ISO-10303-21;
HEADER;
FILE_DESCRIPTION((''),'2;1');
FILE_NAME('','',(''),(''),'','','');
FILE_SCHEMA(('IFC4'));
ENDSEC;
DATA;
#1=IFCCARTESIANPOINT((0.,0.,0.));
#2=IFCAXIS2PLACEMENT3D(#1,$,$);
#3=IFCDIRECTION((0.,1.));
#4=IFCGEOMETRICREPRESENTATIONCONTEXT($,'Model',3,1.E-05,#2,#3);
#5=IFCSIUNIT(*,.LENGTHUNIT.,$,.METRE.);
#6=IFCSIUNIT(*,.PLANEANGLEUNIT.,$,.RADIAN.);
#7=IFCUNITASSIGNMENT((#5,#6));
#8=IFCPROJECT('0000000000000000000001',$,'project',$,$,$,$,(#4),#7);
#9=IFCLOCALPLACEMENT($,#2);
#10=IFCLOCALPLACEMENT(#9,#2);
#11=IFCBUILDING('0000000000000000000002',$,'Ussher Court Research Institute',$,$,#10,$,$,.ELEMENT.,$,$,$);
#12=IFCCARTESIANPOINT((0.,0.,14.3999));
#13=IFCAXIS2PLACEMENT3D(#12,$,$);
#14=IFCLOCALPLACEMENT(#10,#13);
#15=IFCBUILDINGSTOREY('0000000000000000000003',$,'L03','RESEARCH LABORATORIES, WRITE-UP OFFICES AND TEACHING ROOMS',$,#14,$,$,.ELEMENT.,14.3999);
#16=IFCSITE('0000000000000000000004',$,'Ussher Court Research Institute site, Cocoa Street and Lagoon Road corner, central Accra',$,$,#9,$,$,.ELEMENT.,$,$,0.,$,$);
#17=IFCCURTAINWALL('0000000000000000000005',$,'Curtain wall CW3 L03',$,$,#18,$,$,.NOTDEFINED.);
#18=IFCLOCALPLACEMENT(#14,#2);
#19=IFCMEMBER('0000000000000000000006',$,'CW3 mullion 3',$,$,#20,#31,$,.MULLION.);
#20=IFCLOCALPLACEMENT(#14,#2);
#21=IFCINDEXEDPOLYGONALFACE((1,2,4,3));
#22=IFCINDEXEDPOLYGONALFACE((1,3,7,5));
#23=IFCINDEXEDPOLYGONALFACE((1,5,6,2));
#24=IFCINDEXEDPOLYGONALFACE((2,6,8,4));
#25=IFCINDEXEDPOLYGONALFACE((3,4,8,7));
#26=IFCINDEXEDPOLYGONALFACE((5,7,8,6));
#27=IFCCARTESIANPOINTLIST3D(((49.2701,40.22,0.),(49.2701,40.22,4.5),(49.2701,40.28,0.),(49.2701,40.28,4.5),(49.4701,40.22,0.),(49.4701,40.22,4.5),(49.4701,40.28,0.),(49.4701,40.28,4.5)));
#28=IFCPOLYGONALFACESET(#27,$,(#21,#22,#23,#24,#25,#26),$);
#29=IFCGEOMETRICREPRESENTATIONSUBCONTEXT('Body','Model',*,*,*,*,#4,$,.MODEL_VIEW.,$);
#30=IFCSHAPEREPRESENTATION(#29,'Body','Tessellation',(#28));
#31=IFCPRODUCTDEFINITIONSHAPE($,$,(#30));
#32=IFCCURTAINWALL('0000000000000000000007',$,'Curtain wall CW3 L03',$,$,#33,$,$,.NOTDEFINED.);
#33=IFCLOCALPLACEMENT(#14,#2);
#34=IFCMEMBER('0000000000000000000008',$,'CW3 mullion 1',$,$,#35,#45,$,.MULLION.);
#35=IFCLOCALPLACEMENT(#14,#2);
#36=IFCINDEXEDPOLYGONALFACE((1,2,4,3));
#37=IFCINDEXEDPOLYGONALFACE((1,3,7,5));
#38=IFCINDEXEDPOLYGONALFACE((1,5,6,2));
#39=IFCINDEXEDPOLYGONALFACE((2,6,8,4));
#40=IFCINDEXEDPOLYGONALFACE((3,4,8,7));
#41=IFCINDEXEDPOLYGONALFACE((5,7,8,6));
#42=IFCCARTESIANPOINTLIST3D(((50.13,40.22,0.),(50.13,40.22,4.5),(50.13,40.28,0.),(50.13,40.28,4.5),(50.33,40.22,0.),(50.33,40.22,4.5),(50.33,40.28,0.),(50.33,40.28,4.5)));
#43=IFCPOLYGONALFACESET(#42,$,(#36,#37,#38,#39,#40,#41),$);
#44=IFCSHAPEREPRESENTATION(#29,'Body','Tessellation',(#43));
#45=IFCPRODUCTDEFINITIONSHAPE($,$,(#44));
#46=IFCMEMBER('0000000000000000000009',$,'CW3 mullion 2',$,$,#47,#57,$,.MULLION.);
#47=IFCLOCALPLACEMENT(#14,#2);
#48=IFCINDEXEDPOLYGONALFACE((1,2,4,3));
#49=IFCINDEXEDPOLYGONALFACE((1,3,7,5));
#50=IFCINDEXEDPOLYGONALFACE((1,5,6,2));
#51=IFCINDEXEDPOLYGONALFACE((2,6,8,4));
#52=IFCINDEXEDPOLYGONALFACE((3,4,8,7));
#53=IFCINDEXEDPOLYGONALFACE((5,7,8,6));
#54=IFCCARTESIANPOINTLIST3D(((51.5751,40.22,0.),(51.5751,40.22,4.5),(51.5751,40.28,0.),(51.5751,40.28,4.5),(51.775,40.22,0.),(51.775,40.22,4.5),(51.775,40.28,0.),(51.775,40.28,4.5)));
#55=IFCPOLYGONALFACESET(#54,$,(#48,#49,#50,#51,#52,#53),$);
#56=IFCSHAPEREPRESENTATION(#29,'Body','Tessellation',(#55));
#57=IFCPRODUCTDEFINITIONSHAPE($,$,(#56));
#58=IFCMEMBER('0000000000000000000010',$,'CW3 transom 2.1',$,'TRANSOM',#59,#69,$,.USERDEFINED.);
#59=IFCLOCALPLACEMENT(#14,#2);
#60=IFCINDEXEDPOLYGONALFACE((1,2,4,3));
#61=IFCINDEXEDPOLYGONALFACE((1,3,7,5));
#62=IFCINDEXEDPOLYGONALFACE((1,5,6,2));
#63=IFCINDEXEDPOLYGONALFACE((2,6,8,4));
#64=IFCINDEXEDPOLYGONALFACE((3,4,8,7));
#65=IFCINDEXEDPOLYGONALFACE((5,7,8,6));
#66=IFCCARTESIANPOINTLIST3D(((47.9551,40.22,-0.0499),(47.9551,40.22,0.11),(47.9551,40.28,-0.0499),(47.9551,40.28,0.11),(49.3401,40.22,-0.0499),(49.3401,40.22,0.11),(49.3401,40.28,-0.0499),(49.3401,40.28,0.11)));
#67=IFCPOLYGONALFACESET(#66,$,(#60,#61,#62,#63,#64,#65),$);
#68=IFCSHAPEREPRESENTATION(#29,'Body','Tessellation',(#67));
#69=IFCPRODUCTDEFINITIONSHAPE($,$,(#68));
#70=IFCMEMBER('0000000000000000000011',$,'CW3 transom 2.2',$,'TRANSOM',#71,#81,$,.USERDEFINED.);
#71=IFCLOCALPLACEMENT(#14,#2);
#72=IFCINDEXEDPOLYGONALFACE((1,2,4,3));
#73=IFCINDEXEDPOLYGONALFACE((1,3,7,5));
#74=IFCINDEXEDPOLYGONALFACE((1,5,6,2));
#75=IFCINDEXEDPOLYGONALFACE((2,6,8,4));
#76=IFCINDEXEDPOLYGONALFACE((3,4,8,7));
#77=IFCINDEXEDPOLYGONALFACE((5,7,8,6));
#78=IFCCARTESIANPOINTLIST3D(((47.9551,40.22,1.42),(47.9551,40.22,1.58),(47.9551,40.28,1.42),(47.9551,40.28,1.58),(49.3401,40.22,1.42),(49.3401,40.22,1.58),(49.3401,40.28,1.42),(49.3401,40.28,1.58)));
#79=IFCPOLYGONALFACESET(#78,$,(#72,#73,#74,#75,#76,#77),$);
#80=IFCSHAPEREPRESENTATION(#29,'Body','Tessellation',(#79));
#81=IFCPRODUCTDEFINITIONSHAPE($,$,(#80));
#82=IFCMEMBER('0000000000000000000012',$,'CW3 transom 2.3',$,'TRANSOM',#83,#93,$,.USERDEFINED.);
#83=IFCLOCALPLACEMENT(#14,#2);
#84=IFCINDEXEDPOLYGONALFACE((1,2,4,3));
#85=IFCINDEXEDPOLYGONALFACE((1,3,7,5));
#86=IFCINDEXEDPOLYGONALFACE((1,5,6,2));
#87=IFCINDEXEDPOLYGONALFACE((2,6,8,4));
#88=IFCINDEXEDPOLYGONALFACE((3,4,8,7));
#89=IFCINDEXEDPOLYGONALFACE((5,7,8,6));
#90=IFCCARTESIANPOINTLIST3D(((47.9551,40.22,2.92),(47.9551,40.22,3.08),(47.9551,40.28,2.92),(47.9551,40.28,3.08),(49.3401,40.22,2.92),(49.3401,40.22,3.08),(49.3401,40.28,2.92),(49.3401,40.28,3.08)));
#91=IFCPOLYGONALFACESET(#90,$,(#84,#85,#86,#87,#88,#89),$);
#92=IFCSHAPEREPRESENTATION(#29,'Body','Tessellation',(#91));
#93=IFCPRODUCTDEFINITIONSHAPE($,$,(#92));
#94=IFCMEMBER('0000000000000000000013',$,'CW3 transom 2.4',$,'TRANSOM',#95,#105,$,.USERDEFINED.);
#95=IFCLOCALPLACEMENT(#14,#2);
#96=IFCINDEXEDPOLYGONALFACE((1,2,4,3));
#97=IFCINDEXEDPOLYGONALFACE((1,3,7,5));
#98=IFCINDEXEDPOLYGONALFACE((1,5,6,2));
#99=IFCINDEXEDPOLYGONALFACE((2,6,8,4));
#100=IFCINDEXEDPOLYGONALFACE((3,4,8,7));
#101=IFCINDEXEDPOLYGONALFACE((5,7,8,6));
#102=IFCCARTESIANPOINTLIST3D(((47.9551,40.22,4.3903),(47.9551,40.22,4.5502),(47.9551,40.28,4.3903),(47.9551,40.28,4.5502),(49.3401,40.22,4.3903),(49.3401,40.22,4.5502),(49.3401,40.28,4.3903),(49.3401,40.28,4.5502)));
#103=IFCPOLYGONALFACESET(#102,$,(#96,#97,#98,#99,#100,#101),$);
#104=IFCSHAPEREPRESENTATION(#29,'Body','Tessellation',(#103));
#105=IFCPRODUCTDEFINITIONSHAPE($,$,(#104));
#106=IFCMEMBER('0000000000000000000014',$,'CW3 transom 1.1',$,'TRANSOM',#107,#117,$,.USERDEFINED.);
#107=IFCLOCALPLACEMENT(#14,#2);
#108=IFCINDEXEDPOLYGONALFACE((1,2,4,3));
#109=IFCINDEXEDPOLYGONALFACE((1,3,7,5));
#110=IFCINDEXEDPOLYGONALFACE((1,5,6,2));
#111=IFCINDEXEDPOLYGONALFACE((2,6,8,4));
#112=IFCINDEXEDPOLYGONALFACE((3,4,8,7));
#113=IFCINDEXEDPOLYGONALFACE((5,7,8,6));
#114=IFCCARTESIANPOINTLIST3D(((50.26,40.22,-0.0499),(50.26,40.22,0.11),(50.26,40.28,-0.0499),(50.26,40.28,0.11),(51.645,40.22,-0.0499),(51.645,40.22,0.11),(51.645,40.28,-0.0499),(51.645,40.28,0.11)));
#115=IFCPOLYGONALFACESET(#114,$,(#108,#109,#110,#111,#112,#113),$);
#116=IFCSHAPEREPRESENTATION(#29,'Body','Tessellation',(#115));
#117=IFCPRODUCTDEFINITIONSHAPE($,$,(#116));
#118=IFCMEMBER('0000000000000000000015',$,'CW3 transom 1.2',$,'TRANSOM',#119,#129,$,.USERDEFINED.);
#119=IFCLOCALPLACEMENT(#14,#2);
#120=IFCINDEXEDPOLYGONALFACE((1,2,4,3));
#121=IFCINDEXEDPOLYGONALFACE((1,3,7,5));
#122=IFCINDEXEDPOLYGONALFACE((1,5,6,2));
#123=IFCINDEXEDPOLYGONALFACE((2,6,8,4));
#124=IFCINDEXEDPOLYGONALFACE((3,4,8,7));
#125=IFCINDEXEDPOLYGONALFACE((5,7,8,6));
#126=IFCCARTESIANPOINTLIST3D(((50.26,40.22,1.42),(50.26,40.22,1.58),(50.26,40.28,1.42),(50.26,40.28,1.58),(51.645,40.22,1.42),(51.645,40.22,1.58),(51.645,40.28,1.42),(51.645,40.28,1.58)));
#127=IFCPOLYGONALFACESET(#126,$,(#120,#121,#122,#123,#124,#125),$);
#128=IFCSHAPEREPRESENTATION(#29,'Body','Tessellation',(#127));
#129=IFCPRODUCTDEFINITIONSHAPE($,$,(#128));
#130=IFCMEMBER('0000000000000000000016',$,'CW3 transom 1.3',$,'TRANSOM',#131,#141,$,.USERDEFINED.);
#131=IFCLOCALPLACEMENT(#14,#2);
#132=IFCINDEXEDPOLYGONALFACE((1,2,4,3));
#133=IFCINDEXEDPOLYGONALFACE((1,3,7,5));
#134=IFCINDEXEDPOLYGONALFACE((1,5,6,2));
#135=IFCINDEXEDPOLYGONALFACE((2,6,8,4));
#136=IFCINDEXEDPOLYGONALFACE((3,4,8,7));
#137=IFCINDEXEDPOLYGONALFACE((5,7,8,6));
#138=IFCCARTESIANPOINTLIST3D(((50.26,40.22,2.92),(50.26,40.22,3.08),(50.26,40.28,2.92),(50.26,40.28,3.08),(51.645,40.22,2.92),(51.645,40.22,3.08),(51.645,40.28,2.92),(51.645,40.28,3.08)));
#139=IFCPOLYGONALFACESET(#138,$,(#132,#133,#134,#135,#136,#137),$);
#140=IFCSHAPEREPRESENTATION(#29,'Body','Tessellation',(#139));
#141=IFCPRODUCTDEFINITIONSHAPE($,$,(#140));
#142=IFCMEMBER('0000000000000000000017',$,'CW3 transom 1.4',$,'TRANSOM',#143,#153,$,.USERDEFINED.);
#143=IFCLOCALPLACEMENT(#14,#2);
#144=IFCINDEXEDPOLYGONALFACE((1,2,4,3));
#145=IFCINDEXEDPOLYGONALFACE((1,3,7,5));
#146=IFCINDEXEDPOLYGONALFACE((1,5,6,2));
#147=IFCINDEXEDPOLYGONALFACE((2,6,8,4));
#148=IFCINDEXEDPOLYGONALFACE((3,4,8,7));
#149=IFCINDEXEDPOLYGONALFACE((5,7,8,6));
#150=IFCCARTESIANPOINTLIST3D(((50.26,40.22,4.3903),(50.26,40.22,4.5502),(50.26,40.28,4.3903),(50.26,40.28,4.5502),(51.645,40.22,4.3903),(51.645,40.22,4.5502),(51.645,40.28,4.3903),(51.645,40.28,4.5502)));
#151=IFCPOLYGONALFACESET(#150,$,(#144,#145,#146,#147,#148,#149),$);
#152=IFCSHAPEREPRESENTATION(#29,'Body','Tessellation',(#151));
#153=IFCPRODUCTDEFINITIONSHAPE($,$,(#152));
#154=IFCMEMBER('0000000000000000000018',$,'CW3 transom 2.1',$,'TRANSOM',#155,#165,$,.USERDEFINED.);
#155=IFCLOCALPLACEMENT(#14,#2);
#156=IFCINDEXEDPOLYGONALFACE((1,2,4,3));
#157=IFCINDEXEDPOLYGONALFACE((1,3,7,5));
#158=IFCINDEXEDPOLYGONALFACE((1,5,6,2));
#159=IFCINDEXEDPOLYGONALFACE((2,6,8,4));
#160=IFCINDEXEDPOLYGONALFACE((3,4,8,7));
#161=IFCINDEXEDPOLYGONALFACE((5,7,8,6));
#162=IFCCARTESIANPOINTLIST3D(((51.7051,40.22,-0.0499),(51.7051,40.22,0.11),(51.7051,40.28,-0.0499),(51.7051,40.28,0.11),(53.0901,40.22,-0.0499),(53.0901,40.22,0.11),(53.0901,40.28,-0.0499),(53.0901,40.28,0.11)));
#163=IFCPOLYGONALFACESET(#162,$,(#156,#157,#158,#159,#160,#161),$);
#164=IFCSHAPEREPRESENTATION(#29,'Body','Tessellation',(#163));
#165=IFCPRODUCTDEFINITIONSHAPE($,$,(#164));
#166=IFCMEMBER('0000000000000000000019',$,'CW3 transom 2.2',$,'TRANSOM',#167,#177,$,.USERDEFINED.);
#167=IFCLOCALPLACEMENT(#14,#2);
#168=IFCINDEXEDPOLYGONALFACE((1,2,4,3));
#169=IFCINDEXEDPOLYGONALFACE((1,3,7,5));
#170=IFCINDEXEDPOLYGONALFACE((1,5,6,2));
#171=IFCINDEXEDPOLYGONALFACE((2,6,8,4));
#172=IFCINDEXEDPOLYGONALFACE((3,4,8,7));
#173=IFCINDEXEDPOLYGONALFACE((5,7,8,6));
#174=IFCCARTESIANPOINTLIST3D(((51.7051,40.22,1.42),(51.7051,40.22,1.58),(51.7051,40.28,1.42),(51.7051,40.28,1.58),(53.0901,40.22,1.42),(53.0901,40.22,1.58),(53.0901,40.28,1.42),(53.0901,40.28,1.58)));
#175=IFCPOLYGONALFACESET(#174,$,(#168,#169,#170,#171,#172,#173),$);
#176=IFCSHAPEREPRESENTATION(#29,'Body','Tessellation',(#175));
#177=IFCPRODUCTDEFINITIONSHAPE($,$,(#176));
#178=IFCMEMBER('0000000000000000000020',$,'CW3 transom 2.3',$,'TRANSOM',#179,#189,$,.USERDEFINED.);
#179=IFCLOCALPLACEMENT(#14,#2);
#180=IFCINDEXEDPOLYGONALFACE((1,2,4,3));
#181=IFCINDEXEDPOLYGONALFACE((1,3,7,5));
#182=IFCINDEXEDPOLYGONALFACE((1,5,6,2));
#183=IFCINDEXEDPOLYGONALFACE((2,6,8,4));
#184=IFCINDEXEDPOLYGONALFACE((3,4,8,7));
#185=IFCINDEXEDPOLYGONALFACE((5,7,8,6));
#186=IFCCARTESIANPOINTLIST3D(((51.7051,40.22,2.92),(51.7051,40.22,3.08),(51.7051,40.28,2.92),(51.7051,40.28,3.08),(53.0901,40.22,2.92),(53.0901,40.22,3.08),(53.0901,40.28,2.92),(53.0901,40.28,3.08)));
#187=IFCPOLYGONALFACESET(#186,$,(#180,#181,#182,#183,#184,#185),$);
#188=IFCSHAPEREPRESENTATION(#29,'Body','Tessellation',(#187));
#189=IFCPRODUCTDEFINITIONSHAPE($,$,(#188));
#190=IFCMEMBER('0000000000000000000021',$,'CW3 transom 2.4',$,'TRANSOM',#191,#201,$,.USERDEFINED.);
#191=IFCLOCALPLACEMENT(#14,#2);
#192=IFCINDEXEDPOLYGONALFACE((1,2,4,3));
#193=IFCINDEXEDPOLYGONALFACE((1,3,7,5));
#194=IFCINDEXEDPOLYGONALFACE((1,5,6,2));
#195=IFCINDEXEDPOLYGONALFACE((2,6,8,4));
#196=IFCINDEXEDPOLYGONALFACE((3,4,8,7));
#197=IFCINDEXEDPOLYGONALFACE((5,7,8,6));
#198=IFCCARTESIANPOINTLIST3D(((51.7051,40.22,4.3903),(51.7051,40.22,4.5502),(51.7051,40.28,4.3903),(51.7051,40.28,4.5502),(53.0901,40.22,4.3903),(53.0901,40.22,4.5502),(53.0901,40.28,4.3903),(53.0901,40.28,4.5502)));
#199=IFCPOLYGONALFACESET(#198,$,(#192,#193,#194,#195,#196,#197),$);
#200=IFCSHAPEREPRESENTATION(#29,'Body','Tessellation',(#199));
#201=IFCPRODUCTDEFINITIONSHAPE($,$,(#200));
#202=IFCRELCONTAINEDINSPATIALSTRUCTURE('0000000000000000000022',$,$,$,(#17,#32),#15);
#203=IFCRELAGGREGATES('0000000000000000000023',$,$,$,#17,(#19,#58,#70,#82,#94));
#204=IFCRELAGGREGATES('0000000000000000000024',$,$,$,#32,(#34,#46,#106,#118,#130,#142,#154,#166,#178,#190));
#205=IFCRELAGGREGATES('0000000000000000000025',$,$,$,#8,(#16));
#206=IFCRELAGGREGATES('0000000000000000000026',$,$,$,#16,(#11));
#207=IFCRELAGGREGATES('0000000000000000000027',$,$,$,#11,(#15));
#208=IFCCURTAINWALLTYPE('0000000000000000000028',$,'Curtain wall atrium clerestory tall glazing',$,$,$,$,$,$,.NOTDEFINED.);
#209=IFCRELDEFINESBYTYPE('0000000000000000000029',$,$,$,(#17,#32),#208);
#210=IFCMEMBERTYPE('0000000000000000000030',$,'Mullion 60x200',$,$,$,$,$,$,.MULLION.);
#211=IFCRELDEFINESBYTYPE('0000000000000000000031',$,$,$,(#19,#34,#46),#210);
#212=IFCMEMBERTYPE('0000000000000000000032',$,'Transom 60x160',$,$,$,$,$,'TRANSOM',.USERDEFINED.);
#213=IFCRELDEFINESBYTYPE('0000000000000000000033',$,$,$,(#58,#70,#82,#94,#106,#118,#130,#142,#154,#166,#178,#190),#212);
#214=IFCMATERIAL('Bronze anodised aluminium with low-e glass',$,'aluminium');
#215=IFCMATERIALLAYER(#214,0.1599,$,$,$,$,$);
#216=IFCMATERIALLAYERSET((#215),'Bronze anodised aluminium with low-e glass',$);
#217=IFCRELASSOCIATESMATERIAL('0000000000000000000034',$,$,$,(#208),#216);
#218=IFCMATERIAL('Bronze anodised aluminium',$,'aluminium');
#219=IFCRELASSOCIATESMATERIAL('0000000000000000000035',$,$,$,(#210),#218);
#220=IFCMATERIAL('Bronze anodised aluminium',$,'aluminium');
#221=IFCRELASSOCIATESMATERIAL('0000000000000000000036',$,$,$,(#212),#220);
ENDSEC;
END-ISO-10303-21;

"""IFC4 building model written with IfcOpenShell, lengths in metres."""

from ifc_helpers import new_model, si_unit, direction, frame, origin, origin_2d, place, context, subcontext, project, spatial, rectangle, extrude, material, layer, layer_set, material_profile, profile_set, type_object, element, aggregate, save


model = new_model("IFC4")

# Units and contexts
model_context = context("Model", 3, precision=1e-05, world=origin(), true_north=direction((0.0, 1.0)))
body_context = subcontext(model_context, "Body", "Model", "MODEL_VIEW")
ifc_project = project(units=[si_unit("LENGTHUNIT", "METRE"), si_unit("PLANEANGLEUNIT", "RADIAN")], contexts=[model_context])

# Site, building, storey
site_placement = place(None, origin())
site = spatial("IfcSite", under=ifc_project, at=site_placement, Name="Ussher Court Research Institute site, Cocoa Street and Lagoon Road corner, central Accra", CompositionType="ELEMENT", RefElevation=0.0)
building_placement = place(site_placement, origin())
building = spatial("IfcBuilding", under=site, at=building_placement, Name="Ussher Court Research Institute", CompositionType="ELEMENT")
storey_placement = place(building_placement, frame((0.0, 0.0, 14.3999)))
storey = spatial("IfcBuildingStorey", under=building, at=storey_placement, Name="L03", Description="RESEARCH LABORATORIES, WRITE-UP OFFICES AND TEACHING ROOMS", CompositionType="ELEMENT", Elevation=14.3999)

# Curtain wall, member
ifc_material_1 = material(Name="Bronze anodised aluminium with low-e glass", Category="aluminium")
ifc_layer_1 = layer(ifc_material_1, 0.1599)
ifc_layer_set_1 = layer_set([ifc_layer_1], Name="Bronze anodised aluminium with low-e glass")
curtain_wall_type = type_object("IfcCurtainWallType", Name="Curtain wall atrium clerestory tall glazing", PredefinedType="NOTDEFINED", material=ifc_layer_set_1)
curtain_wall_1_placement = place(storey_placement, origin())
curtain_wall_1 = element("IfcCurtainWall", 1, at=curtain_wall_1_placement, inside=storey, type_object=curtain_wall_type, Name="Curtain wall CW3 L03", PredefinedType="NOTDEFINED")
ifc_material_2 = material(Name="Bronze anodised aluminium", Category="aluminium")
ifc_material_profile_1 = material_profile(ifc_material_2, rectangle(XDim=0.0601, YDim=0.2, at=origin_2d()), Name="Mullion 60x200")
ifc_profile_set_1 = profile_set([ifc_material_profile_1], Name="Bronze anodised aluminium")
member_type_1 = type_object("IfcMemberType", Name="Mullion 60x200", PredefinedType="MULLION", material=ifc_profile_set_1)
member_1_placement = place(storey_placement, frame((49.3701, 40.25, 0.0), z_axis=(0.0, 0.0, 1.0), x_axis=(0.0, 1.0, 0.0)))
member_1 = element("IfcMember", 2, at=member_1_placement, type_object=member_type_1, Name="CW3 mullion 3", PredefinedType="MULLION", context=body_context, shape_type="SweptSolid", body=[
    extrude(rectangle(XDim=0.0601, YDim=0.2, at=origin_2d()), origin(), (0.0, 0.0, 1.0), 4.5),
])

# Curtain wall, members
curtain_wall_2_placement = place(storey_placement, origin())
curtain_wall_2 = element("IfcCurtainWall", 3, at=curtain_wall_2_placement, inside=storey, type_object=curtain_wall_type, Name="Curtain wall CW3 L03", PredefinedType="NOTDEFINED")
member_2_placement = place(storey_placement, frame((50.23, 40.25, 0.0), z_axis=(0.0, 0.0, 1.0), x_axis=(0.0, 1.0, 0.0)))
member_2 = element("IfcMember", 4, at=member_2_placement, type_object=member_type_1, Name="CW3 mullion 1", PredefinedType="MULLION", context=body_context, shape_type="SweptSolid", body=[
    extrude(rectangle(XDim=0.0601, YDim=0.2, at=origin_2d()), origin(), (0.0, 0.0, 1.0), 4.5),
])
member_3_placement = place(storey_placement, frame((51.675, 40.25, 0.0), z_axis=(0.0, 0.0, 1.0), x_axis=(0.0, 1.0, 0.0)))
member_3 = element("IfcMember", 5, at=member_3_placement, type_object=member_type_1, Name="CW3 mullion 2", PredefinedType="MULLION", context=body_context, shape_type="SweptSolid", body=[
    extrude(rectangle(XDim=0.0601, YDim=0.2, at=origin_2d()), origin(), (0.0, 0.0, 1.0), 4.5),
])

# Members
ifc_material_3 = material(Name="Bronze anodised aluminium", Category="aluminium")
ifc_material_profile_2 = material_profile(ifc_material_3, rectangle(XDim=0.0601, YDim=0.1599, at=origin_2d()), Name="Transom 60x160")
ifc_profile_set_2 = profile_set([ifc_material_profile_2], Name="Bronze anodised aluminium")
member_type_2 = type_object("IfcMemberType", Name="Transom 60x160", ElementType="TRANSOM", PredefinedType="USERDEFINED", material=ifc_profile_set_2)
member_4_placement = place(storey_placement, frame((47.9551, 40.25, 0.03), z_axis=(1.0, 0.0, 0.0), x_axis=(0.0, 1.0, 0.0)))
member_4 = element("IfcMember", 6, at=member_4_placement, type_object=member_type_2, Name="CW3 transom 2.1", ObjectType="TRANSOM", PredefinedType="USERDEFINED", context=body_context, shape_type="SweptSolid", body=[
    extrude(rectangle(XDim=0.0601, YDim=0.1599, at=origin_2d()), origin(), (0.0, 0.0, 1.0), 1.385),
])
member_5_placement = place(storey_placement, frame((47.9551, 40.25, 1.5), z_axis=(1.0, 0.0, 0.0), x_axis=(0.0, 1.0, 0.0)))
member_5 = element("IfcMember", 7, at=member_5_placement, type_object=member_type_2, Name="CW3 transom 2.2", ObjectType="TRANSOM", PredefinedType="USERDEFINED", context=body_context, shape_type="SweptSolid", body=[
    extrude(rectangle(XDim=0.0601, YDim=0.1599, at=origin_2d()), origin(), (0.0, 0.0, 1.0), 1.385),
])
member_6_placement = place(storey_placement, frame((47.9551, 40.25, 3.0), z_axis=(1.0, 0.0, 0.0), x_axis=(0.0, 1.0, 0.0)))
member_6 = element("IfcMember", 8, at=member_6_placement, type_object=member_type_2, Name="CW3 transom 2.3", ObjectType="TRANSOM", PredefinedType="USERDEFINED", context=body_context, shape_type="SweptSolid", body=[
    extrude(rectangle(XDim=0.0601, YDim=0.1599, at=origin_2d()), origin(), (0.0, 0.0, 1.0), 1.385),
])
member_7_placement = place(storey_placement, frame((47.9551, 40.25, 4.4702), z_axis=(1.0, 0.0, 0.0), x_axis=(0.0, 1.0, 0.0)))
member_7 = element("IfcMember", 9, at=member_7_placement, type_object=member_type_2, Name="CW3 transom 2.4", ObjectType="TRANSOM", PredefinedType="USERDEFINED", context=body_context, shape_type="SweptSolid", body=[
    extrude(rectangle(XDim=0.0601, YDim=0.1599, at=origin_2d()), origin(), (0.0, 0.0, 1.0), 1.385),
])
member_8_placement = place(storey_placement, frame((50.26, 40.25, 0.03), z_axis=(1.0, 0.0, 0.0), x_axis=(0.0, 1.0, 0.0)))
member_8 = element("IfcMember", 10, at=member_8_placement, type_object=member_type_2, Name="CW3 transom 1.1", ObjectType="TRANSOM", PredefinedType="USERDEFINED", context=body_context, shape_type="SweptSolid", body=[
    extrude(rectangle(XDim=0.0601, YDim=0.1599, at=origin_2d()), origin(), (0.0, 0.0, 1.0), 1.385),
])
member_9_placement = place(storey_placement, frame((50.26, 40.25, 1.5), z_axis=(1.0, 0.0, 0.0), x_axis=(0.0, 1.0, 0.0)))
member_9 = element("IfcMember", 11, at=member_9_placement, type_object=member_type_2, Name="CW3 transom 1.2", ObjectType="TRANSOM", PredefinedType="USERDEFINED", context=body_context, shape_type="SweptSolid", body=[
    extrude(rectangle(XDim=0.0601, YDim=0.1599, at=origin_2d()), origin(), (0.0, 0.0, 1.0), 1.385),
])
member_10_placement = place(storey_placement, frame((50.26, 40.25, 3.0), z_axis=(1.0, 0.0, 0.0), x_axis=(0.0, 1.0, 0.0)))
member_10 = element("IfcMember", 12, at=member_10_placement, type_object=member_type_2, Name="CW3 transom 1.3", ObjectType="TRANSOM", PredefinedType="USERDEFINED", context=body_context, shape_type="SweptSolid", body=[
    extrude(rectangle(XDim=0.0601, YDim=0.1599, at=origin_2d()), origin(), (0.0, 0.0, 1.0), 1.385),
])
member_11_placement = place(storey_placement, frame((50.26, 40.25, 4.4702), z_axis=(1.0, 0.0, 0.0), x_axis=(0.0, 1.0, 0.0)))
member_11 = element("IfcMember", 13, at=member_11_placement, type_object=member_type_2, Name="CW3 transom 1.4", ObjectType="TRANSOM", PredefinedType="USERDEFINED", context=body_context, shape_type="SweptSolid", body=[
    extrude(rectangle(XDim=0.0601, YDim=0.1599, at=origin_2d()), origin(), (0.0, 0.0, 1.0), 1.385),
])
member_12_placement = place(storey_placement, frame((51.7051, 40.25, 0.03), z_axis=(1.0, 0.0, 0.0), x_axis=(0.0, 1.0, 0.0)))
member_12 = element("IfcMember", 14, at=member_12_placement, type_object=member_type_2, Name="CW3 transom 2.1", ObjectType="TRANSOM", PredefinedType="USERDEFINED", context=body_context, shape_type="SweptSolid", body=[
    extrude(rectangle(XDim=0.0601, YDim=0.1599, at=origin_2d()), origin(), (0.0, 0.0, 1.0), 1.385),
])
member_13_placement = place(storey_placement, frame((51.7051, 40.25, 1.5), z_axis=(1.0, 0.0, 0.0), x_axis=(0.0, 1.0, 0.0)))
member_13 = element("IfcMember", 15, at=member_13_placement, type_object=member_type_2, Name="CW3 transom 2.2", ObjectType="TRANSOM", PredefinedType="USERDEFINED", context=body_context, shape_type="SweptSolid", body=[
    extrude(rectangle(XDim=0.0601, YDim=0.1599, at=origin_2d()), origin(), (0.0, 0.0, 1.0), 1.385),
])
member_14_placement = place(storey_placement, frame((51.7051, 40.25, 3.0), z_axis=(1.0, 0.0, 0.0), x_axis=(0.0, 1.0, 0.0)))
member_14 = element("IfcMember", 16, at=member_14_placement, type_object=member_type_2, Name="CW3 transom 2.3", ObjectType="TRANSOM", PredefinedType="USERDEFINED", context=body_context, shape_type="SweptSolid", body=[
    extrude(rectangle(XDim=0.0601, YDim=0.1599, at=origin_2d()), origin(), (0.0, 0.0, 1.0), 1.385),
])
member_15_placement = place(storey_placement, frame((51.7051, 40.25, 4.4702), z_axis=(1.0, 0.0, 0.0), x_axis=(0.0, 1.0, 0.0)))
member_15 = element("IfcMember", 17, at=member_15_placement, type_object=member_type_2, Name="CW3 transom 2.4", ObjectType="TRANSOM", PredefinedType="USERDEFINED", context=body_context, shape_type="SweptSolid", body=[
    extrude(rectangle(XDim=0.0601, YDim=0.1599, at=origin_2d()), origin(), (0.0, 0.0, 1.0), 1.385),
])

aggregate(curtain_wall_1, [member_1, member_4, member_5, member_6, member_7])
aggregate(curtain_wall_2, [member_2, member_3, member_8, member_9, member_10, member_11, member_12, member_13, member_14, member_15])

save(model, "model.ifc")
